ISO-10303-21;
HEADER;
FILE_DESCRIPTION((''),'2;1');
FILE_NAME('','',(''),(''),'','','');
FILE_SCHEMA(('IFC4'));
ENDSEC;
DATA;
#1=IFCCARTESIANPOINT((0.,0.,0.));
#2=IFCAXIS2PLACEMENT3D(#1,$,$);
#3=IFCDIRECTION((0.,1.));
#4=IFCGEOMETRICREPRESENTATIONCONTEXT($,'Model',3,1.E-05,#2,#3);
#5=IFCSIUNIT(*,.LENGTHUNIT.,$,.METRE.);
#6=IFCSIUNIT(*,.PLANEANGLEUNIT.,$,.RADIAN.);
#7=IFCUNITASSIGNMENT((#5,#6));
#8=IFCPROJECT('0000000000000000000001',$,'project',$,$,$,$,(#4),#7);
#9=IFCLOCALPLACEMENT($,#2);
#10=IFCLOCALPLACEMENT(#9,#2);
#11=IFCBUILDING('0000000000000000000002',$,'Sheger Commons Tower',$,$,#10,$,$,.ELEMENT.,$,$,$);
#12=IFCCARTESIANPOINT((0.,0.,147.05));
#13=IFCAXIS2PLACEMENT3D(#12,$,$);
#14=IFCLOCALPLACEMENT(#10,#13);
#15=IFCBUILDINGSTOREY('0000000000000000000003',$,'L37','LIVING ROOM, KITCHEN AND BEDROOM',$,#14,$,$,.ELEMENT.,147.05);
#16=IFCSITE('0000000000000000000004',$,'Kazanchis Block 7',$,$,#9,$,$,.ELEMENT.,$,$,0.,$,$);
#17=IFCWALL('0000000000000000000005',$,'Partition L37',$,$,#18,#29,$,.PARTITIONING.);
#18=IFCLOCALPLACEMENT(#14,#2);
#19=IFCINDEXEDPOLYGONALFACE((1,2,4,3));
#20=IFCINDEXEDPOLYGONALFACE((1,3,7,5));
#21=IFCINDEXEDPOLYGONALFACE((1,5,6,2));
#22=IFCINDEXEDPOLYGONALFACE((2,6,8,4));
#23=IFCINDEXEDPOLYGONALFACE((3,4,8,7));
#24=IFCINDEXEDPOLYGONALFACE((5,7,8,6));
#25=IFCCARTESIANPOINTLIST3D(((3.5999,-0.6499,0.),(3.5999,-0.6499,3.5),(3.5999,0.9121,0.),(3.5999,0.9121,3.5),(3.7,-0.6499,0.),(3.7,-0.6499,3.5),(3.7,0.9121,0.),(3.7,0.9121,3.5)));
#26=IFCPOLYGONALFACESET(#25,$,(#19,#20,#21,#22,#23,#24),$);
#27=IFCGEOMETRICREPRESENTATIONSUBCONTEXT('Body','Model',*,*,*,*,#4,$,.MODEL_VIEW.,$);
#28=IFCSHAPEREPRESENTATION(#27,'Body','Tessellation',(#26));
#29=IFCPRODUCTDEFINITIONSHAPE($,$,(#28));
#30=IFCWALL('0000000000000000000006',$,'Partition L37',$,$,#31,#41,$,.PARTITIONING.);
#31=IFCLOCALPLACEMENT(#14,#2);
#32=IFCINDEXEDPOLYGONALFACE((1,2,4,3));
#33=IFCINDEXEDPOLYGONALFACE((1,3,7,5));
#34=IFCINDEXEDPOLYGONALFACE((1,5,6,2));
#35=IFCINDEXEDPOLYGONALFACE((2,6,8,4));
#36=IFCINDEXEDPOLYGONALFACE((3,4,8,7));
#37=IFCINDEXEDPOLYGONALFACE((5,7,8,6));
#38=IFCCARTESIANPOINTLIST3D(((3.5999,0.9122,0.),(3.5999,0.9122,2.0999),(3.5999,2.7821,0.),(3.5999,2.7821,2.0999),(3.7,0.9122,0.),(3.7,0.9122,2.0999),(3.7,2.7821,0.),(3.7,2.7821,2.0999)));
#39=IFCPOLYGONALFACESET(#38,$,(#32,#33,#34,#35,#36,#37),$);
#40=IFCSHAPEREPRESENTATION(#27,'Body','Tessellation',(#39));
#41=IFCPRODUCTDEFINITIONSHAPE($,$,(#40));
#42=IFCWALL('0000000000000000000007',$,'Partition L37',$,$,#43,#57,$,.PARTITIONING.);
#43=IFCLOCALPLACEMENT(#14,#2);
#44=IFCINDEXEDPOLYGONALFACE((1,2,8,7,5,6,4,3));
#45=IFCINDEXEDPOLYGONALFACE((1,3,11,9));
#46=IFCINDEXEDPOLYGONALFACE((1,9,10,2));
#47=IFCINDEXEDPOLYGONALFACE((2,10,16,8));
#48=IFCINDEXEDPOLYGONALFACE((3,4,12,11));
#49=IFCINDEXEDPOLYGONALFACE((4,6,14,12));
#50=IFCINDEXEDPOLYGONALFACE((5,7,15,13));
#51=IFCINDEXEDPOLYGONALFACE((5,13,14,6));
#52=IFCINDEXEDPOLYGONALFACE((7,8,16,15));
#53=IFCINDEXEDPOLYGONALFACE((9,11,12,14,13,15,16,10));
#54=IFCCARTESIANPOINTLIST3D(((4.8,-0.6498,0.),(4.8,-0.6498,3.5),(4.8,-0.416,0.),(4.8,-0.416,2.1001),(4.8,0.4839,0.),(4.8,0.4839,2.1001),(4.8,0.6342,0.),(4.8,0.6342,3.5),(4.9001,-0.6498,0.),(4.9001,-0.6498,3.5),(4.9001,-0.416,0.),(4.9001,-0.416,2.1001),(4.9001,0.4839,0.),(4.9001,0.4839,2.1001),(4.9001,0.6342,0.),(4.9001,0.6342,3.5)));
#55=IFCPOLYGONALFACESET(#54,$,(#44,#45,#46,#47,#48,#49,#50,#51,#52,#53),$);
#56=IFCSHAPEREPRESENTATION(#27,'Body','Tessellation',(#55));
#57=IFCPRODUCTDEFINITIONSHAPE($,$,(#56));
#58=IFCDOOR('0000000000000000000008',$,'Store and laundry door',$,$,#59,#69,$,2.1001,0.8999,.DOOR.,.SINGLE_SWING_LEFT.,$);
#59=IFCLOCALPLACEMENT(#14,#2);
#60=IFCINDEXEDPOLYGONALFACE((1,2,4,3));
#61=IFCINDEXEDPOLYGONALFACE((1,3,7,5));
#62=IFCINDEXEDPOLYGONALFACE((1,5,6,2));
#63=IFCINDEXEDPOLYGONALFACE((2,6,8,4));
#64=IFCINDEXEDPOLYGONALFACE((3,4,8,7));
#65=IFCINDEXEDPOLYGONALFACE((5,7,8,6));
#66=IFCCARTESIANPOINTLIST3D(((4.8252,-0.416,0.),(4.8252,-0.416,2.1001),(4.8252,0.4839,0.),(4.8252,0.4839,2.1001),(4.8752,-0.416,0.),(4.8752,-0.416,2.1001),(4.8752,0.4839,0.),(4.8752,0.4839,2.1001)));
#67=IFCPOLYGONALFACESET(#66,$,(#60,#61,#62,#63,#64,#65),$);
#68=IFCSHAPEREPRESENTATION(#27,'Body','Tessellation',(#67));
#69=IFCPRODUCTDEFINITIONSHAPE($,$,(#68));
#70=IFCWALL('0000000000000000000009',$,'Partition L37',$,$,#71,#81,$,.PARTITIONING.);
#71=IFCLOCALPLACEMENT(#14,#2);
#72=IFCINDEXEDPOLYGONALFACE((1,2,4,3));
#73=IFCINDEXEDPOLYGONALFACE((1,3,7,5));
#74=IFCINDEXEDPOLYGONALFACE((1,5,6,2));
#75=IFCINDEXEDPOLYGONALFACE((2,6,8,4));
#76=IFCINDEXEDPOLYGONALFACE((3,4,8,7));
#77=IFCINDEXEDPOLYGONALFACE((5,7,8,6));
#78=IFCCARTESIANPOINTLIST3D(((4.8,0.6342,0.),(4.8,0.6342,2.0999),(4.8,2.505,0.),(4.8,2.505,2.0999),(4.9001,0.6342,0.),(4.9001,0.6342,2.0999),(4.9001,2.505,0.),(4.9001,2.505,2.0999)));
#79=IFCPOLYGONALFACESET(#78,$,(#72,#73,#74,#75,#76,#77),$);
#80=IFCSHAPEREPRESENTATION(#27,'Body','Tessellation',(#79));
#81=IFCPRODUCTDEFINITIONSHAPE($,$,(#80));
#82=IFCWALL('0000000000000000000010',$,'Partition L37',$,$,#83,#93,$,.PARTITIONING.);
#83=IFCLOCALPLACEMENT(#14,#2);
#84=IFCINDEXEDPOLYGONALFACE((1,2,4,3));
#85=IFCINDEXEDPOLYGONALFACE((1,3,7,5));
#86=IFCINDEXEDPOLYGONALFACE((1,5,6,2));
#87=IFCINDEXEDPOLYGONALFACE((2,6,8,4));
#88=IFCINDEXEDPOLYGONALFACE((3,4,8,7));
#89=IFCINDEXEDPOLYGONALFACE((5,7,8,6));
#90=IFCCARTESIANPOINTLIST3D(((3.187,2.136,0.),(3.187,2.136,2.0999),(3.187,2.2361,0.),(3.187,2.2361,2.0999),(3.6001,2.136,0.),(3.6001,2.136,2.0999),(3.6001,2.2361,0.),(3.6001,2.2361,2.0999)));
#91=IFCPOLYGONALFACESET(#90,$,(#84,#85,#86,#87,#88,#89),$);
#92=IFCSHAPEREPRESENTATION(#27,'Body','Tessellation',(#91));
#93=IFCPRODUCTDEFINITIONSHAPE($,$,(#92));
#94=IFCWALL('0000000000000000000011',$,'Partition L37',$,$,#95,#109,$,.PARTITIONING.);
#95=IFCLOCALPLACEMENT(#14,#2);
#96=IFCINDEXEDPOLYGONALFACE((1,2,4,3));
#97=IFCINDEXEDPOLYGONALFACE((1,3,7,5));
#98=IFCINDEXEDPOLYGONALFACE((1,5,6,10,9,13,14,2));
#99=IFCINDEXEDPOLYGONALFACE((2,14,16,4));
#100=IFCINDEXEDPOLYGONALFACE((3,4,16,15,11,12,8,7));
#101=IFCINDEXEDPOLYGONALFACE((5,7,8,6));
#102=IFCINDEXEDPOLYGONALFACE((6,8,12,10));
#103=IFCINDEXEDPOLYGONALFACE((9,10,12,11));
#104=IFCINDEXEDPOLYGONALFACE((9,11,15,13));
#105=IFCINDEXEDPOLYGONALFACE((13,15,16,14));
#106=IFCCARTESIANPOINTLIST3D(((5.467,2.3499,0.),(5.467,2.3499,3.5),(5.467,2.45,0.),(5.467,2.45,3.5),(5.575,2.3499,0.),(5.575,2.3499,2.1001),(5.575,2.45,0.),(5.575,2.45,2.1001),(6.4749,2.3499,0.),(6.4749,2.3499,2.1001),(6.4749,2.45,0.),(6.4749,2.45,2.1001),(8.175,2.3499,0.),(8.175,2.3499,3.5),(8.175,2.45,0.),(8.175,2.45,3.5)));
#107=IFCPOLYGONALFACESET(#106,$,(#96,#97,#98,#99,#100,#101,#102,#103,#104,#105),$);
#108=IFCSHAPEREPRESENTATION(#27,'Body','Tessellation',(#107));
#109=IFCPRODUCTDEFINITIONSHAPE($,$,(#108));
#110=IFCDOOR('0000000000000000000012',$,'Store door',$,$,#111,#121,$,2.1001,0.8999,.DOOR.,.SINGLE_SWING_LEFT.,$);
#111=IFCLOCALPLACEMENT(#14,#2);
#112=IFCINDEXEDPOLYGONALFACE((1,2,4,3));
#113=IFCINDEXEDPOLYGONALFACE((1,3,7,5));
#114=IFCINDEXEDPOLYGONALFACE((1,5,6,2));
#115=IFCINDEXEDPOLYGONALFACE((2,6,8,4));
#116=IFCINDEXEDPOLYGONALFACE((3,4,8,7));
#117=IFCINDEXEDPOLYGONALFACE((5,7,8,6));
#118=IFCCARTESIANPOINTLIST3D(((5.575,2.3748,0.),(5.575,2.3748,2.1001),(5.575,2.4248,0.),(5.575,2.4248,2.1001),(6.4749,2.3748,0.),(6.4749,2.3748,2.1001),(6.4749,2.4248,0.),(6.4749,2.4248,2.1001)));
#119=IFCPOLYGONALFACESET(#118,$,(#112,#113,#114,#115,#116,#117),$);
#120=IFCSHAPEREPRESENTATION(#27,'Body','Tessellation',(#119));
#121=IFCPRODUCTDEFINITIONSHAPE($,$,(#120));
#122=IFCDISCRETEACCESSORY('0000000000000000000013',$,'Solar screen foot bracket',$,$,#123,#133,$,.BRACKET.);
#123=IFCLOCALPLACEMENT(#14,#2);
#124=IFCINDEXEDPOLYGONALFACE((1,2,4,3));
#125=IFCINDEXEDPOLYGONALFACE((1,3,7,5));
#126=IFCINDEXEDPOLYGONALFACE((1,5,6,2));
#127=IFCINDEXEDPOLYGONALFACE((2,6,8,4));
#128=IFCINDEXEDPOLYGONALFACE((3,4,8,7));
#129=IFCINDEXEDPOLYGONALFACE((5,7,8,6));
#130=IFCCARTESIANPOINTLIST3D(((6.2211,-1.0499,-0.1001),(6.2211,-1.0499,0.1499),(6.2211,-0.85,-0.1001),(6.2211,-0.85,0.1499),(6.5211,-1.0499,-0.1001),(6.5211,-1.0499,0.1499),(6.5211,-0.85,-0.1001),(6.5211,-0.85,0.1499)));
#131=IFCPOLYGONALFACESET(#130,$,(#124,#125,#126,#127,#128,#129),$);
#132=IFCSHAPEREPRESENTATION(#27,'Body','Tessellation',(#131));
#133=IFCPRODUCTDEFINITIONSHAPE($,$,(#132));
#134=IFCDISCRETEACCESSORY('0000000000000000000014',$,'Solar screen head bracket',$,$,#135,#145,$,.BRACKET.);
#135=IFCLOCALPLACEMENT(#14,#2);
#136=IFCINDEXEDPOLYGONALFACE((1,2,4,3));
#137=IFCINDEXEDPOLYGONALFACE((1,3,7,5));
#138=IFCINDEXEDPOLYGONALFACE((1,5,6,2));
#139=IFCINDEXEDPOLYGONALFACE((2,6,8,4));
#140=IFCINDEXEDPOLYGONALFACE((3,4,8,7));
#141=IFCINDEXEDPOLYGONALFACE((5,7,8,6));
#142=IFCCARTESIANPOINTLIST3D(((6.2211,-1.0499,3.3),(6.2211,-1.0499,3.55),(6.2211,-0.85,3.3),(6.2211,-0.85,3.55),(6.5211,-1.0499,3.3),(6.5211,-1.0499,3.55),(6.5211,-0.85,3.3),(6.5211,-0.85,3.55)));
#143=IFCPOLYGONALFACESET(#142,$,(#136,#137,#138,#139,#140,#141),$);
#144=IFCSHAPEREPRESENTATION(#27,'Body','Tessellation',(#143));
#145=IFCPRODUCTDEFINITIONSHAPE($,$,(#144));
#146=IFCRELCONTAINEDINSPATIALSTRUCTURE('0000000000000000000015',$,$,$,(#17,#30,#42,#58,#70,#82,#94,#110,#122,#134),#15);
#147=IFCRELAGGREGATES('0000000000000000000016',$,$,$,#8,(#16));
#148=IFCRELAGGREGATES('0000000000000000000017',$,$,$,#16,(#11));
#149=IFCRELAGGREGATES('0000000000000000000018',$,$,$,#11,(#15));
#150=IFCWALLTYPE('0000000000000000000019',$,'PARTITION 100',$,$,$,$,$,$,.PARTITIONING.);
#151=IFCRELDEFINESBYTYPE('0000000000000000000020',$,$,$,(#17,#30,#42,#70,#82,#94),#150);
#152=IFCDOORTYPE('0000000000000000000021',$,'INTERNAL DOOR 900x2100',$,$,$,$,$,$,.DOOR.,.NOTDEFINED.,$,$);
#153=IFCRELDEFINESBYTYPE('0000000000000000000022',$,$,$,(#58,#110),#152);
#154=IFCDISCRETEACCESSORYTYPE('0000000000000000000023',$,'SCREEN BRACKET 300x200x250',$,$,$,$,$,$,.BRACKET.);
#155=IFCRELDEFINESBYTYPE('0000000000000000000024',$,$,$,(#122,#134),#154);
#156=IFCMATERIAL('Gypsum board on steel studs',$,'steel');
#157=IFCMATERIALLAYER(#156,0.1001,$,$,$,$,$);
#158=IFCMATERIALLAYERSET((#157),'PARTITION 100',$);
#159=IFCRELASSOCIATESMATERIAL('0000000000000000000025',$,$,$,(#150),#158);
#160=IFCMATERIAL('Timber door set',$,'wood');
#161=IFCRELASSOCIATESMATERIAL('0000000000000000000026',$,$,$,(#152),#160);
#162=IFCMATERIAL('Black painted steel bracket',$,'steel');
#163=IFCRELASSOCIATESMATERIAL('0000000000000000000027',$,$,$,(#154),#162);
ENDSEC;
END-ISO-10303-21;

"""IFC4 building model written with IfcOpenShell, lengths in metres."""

from ifc_helpers import new_model, si_unit, direction, frame, frame_2d, origin, origin_2d, place, context, subcontext, project, spatial, rectangle, extrude, material, layer, layer_set, type_object, element, fill, save


model = new_model("IFC4")

# Units and contexts
model_context = context("Model", 3, precision=1e-05, world=origin(), true_north=direction((0.0, 1.0)))
body_context = subcontext(model_context, "Body", "Model", "MODEL_VIEW")
ifc_project = project(units=[si_unit("LENGTHUNIT", "METRE"), si_unit("PLANEANGLEUNIT", "RADIAN")], contexts=[model_context])

# Site, building, storey
site_placement = place(None, origin())
site = spatial("IfcSite", under=ifc_project, at=site_placement, Name="Kazanchis Block 7", CompositionType="ELEMENT", RefElevation=0.0)
building_placement = place(site_placement, origin())
building = spatial("IfcBuilding", under=site, at=building_placement, Name="Sheger Commons Tower", CompositionType="ELEMENT")
storey_placement = place(building_placement, frame((0.0, 0.0, 147.05)))
storey = spatial("IfcBuildingStorey", under=building, at=storey_placement, Name="L37", Description="LIVING ROOM, KITCHEN AND BEDROOM", CompositionType="ELEMENT", Elevation=147.05)

# Walls
ifc_material_1 = material(Name="Gypsum board on steel studs", Category="steel")
ifc_layer_1 = layer(ifc_material_1, 0.1001)
ifc_layer_set_1 = layer_set([ifc_layer_1], Name="PARTITION 100")
wall_type_1 = type_object("IfcWallType", Name="PARTITION 100", PredefinedType="PARTITIONING", material=ifc_layer_set_1)
wall_1_placement = place(storey_placement, frame((3.6499, -0.6499, 0.0), z_axis=(0.0, 0.0, 1.0), x_axis=(0.0, 1.0, 0.0)))
element("IfcWall", 1, at=wall_1_placement, inside=storey, type_object=wall_type_1, Name="Partition L37", PredefinedType="PARTITIONING", context=body_context, shape_type="SweptSolid", body=[
    extrude(rectangle(XDim=1.562, YDim=0.1001, at=frame_2d((0.781, 0.0))), origin(), (0.0, 0.0, 1.0), 3.5),
])
wall_2_placement = place(storey_placement, frame((3.6499, 0.9121, 0.0), z_axis=(0.0, 0.0, 1.0), x_axis=(0.0, 1.0, 0.0)))
element("IfcWall", 2, at=wall_2_placement, inside=storey, type_object=wall_type_1, Name="Partition L37", PredefinedType="PARTITIONING", context=body_context, shape_type="SweptSolid", body=[
    extrude(rectangle(XDim=1.8699, YDim=0.1001, at=frame_2d((0.9351, 0.0))), origin(), (0.0, 0.0, 1.0), 2.0999),
])

# Wall, opening, door
wall_3_placement = place(storey_placement, frame((4.8501, -0.6499, 0.0), z_axis=(0.0, 0.0, 1.0), x_axis=(0.0, 1.0, 0.0)))
wall_3 = element("IfcWall", 3, at=wall_3_placement, inside=storey, type_object=wall_type_1, Name="Partition L37", PredefinedType="PARTITIONING", context=body_context, shape_type="SweptSolid", body=[
    extrude(rectangle(XDim=1.2839, YDim=0.1001, at=frame_2d((0.6421, 0.0))), origin(), (0.0, 0.0, 1.0), 3.5),
])
opening_1_placement = place(wall_3_placement, frame((0.2339, 0.0, 0.0)))
opening_1 = element("IfcOpeningElement", 4, at=opening_1_placement, cuts=wall_3, PredefinedType="OPENING", context=body_context, shape_type="SweptSolid", body=[
    extrude(rectangle(XDim=0.8999, YDim=2.1001, at=frame_2d((0.45, 1.05))), frame((0.0, 0.0601, 0.0), z_axis=(0.0, -1.0, 0.0), x_axis=(1.0, 0.0, 0.0)), (0.0, 0.0, 1.0), 0.1201),
])
ifc_material_2 = material(Name="Timber door set", Category="wood")
door_type = type_object("IfcDoorType", Name="INTERNAL DOOR 900x2100", OperationType="NOTDEFINED", PredefinedType="DOOR", material=ifc_material_2)
door_1_placement = place(opening_1_placement, origin())
door_1 = element("IfcDoor", 5, at=door_1_placement, inside=storey, type_object=door_type, Name="Store and laundry door", OperationType="SINGLE_SWING_LEFT", OverallHeight=2.1001, OverallWidth=0.8999, PredefinedType="DOOR", context=body_context, shape_type="SweptSolid", body=[
    extrude(rectangle(XDim=0.8999, YDim=2.1001, at=frame_2d((0.45, 1.05))), frame((0.0, 0.0249, 0.0), z_axis=(0.0, -1.0, 0.0), x_axis=(1.0, 0.0, 0.0)), (0.0, 0.0, 1.0), 0.05),
])
fill(opening_1, door_1)

# Walls
wall_4_placement = place(storey_placement, frame((4.8501, 0.634, 0.0), z_axis=(0.0, 0.0, 1.0), x_axis=(0.0, 1.0, 0.0)))
element("IfcWall", 6, at=wall_4_placement, inside=storey, type_object=wall_type_1, Name="Partition L37", PredefinedType="PARTITIONING", context=body_context, shape_type="SweptSolid", body=[
    extrude(rectangle(XDim=1.8708, YDim=0.1001, at=frame_2d((0.9355, 0.0))), origin(), (0.0, 0.0, 1.0), 2.0999),
])
wall_5_placement = place(storey_placement, frame((3.187, 2.186, 0.0), z_axis=(0.0, 0.0, 1.0), x_axis=(1.0, 0.0, 0.0)))
element("IfcWall", 7, at=wall_5_placement, inside=storey, type_object=wall_type_1, Name="Partition L37", PredefinedType="PARTITIONING", context=body_context, shape_type="SweptSolid", body=[
    extrude(rectangle(XDim=0.4131, YDim=0.1001, at=frame_2d((0.2065, 0.0))), origin(), (0.0, 0.0, 1.0), 2.0999),
])

# Wall, opening, door
wall_6_placement = place(storey_placement, frame((5.467, 2.3999, 0.0), z_axis=(0.0, 0.0, 1.0), x_axis=(1.0, 0.0, 0.0)))
wall_6 = element("IfcWall", 8, at=wall_6_placement, inside=storey, type_object=wall_type_1, Name="Partition L37", PredefinedType="PARTITIONING", context=body_context, shape_type="SweptSolid", body=[
    extrude(rectangle(XDim=2.708, YDim=0.1001, at=frame_2d((1.354, 0.0))), origin(), (0.0, 0.0, 1.0), 3.5),
])
opening_2_placement = place(wall_6_placement, frame((0.1079, 0.0, 0.0)))
opening_2 = element("IfcOpeningElement", 9, at=opening_2_placement, cuts=wall_6, PredefinedType="OPENING", context=body_context, shape_type="SweptSolid", body=[
    extrude(rectangle(XDim=0.8999, YDim=2.1001, at=frame_2d((0.45, 1.05))), frame((0.0, 0.0601, 0.0), z_axis=(0.0, -1.0, 0.0), x_axis=(1.0, 0.0, 0.0)), (0.0, 0.0, 1.0), 0.1201),
])
door_2_placement = place(opening_2_placement, origin())
door_2 = element("IfcDoor", 10, at=door_2_placement, inside=storey, type_object=door_type, Name="Store door", OperationType="SINGLE_SWING_LEFT", OverallHeight=2.1001, OverallWidth=0.8999, PredefinedType="DOOR", context=body_context, shape_type="SweptSolid", body=[
    extrude(rectangle(XDim=0.8999, YDim=2.1001, at=frame_2d((0.45, 1.05))), frame((0.0, 0.0249, 0.0), z_axis=(0.0, -1.0, 0.0), x_axis=(1.0, 0.0, 0.0)), (0.0, 0.0, 1.0), 0.05),
])
fill(opening_2, door_2)

# Discrete accessories
ifc_material_3 = material(Name="Black painted steel bracket", Category="steel")
discrete_accessory_type = type_object("IfcDiscreteAccessoryType", Name="SCREEN BRACKET 300x200x250", PredefinedType="BRACKET", material=ifc_material_3)
for number, where, z_axis, x_axis, name in (
    (11, (6.3711, -0.95, -0.1001), (0.0, 0.0, 1.0), (1.0, 0.0, 0.0), "Solar screen foot bracket"),
    (12, (6.3711, -0.95, 3.3), (0.0, 0.0, 1.0), (1.0, 0.0, 0.0), "Solar screen head bracket"),
):
    element("IfcDiscreteAccessory", number, at=place(storey_placement, frame(where, z_axis=z_axis, x_axis=x_axis)), inside=storey, type_object=discrete_accessory_type, Name=name, PredefinedType="BRACKET", context=body_context, shape_type="SweptSolid", body=[
        extrude(rectangle(XDim=0.3, YDim=0.2, at=origin_2d()), origin(), (0.0, 0.0, 1.0), 0.25),
    ])

save(model, "model.ifc")
